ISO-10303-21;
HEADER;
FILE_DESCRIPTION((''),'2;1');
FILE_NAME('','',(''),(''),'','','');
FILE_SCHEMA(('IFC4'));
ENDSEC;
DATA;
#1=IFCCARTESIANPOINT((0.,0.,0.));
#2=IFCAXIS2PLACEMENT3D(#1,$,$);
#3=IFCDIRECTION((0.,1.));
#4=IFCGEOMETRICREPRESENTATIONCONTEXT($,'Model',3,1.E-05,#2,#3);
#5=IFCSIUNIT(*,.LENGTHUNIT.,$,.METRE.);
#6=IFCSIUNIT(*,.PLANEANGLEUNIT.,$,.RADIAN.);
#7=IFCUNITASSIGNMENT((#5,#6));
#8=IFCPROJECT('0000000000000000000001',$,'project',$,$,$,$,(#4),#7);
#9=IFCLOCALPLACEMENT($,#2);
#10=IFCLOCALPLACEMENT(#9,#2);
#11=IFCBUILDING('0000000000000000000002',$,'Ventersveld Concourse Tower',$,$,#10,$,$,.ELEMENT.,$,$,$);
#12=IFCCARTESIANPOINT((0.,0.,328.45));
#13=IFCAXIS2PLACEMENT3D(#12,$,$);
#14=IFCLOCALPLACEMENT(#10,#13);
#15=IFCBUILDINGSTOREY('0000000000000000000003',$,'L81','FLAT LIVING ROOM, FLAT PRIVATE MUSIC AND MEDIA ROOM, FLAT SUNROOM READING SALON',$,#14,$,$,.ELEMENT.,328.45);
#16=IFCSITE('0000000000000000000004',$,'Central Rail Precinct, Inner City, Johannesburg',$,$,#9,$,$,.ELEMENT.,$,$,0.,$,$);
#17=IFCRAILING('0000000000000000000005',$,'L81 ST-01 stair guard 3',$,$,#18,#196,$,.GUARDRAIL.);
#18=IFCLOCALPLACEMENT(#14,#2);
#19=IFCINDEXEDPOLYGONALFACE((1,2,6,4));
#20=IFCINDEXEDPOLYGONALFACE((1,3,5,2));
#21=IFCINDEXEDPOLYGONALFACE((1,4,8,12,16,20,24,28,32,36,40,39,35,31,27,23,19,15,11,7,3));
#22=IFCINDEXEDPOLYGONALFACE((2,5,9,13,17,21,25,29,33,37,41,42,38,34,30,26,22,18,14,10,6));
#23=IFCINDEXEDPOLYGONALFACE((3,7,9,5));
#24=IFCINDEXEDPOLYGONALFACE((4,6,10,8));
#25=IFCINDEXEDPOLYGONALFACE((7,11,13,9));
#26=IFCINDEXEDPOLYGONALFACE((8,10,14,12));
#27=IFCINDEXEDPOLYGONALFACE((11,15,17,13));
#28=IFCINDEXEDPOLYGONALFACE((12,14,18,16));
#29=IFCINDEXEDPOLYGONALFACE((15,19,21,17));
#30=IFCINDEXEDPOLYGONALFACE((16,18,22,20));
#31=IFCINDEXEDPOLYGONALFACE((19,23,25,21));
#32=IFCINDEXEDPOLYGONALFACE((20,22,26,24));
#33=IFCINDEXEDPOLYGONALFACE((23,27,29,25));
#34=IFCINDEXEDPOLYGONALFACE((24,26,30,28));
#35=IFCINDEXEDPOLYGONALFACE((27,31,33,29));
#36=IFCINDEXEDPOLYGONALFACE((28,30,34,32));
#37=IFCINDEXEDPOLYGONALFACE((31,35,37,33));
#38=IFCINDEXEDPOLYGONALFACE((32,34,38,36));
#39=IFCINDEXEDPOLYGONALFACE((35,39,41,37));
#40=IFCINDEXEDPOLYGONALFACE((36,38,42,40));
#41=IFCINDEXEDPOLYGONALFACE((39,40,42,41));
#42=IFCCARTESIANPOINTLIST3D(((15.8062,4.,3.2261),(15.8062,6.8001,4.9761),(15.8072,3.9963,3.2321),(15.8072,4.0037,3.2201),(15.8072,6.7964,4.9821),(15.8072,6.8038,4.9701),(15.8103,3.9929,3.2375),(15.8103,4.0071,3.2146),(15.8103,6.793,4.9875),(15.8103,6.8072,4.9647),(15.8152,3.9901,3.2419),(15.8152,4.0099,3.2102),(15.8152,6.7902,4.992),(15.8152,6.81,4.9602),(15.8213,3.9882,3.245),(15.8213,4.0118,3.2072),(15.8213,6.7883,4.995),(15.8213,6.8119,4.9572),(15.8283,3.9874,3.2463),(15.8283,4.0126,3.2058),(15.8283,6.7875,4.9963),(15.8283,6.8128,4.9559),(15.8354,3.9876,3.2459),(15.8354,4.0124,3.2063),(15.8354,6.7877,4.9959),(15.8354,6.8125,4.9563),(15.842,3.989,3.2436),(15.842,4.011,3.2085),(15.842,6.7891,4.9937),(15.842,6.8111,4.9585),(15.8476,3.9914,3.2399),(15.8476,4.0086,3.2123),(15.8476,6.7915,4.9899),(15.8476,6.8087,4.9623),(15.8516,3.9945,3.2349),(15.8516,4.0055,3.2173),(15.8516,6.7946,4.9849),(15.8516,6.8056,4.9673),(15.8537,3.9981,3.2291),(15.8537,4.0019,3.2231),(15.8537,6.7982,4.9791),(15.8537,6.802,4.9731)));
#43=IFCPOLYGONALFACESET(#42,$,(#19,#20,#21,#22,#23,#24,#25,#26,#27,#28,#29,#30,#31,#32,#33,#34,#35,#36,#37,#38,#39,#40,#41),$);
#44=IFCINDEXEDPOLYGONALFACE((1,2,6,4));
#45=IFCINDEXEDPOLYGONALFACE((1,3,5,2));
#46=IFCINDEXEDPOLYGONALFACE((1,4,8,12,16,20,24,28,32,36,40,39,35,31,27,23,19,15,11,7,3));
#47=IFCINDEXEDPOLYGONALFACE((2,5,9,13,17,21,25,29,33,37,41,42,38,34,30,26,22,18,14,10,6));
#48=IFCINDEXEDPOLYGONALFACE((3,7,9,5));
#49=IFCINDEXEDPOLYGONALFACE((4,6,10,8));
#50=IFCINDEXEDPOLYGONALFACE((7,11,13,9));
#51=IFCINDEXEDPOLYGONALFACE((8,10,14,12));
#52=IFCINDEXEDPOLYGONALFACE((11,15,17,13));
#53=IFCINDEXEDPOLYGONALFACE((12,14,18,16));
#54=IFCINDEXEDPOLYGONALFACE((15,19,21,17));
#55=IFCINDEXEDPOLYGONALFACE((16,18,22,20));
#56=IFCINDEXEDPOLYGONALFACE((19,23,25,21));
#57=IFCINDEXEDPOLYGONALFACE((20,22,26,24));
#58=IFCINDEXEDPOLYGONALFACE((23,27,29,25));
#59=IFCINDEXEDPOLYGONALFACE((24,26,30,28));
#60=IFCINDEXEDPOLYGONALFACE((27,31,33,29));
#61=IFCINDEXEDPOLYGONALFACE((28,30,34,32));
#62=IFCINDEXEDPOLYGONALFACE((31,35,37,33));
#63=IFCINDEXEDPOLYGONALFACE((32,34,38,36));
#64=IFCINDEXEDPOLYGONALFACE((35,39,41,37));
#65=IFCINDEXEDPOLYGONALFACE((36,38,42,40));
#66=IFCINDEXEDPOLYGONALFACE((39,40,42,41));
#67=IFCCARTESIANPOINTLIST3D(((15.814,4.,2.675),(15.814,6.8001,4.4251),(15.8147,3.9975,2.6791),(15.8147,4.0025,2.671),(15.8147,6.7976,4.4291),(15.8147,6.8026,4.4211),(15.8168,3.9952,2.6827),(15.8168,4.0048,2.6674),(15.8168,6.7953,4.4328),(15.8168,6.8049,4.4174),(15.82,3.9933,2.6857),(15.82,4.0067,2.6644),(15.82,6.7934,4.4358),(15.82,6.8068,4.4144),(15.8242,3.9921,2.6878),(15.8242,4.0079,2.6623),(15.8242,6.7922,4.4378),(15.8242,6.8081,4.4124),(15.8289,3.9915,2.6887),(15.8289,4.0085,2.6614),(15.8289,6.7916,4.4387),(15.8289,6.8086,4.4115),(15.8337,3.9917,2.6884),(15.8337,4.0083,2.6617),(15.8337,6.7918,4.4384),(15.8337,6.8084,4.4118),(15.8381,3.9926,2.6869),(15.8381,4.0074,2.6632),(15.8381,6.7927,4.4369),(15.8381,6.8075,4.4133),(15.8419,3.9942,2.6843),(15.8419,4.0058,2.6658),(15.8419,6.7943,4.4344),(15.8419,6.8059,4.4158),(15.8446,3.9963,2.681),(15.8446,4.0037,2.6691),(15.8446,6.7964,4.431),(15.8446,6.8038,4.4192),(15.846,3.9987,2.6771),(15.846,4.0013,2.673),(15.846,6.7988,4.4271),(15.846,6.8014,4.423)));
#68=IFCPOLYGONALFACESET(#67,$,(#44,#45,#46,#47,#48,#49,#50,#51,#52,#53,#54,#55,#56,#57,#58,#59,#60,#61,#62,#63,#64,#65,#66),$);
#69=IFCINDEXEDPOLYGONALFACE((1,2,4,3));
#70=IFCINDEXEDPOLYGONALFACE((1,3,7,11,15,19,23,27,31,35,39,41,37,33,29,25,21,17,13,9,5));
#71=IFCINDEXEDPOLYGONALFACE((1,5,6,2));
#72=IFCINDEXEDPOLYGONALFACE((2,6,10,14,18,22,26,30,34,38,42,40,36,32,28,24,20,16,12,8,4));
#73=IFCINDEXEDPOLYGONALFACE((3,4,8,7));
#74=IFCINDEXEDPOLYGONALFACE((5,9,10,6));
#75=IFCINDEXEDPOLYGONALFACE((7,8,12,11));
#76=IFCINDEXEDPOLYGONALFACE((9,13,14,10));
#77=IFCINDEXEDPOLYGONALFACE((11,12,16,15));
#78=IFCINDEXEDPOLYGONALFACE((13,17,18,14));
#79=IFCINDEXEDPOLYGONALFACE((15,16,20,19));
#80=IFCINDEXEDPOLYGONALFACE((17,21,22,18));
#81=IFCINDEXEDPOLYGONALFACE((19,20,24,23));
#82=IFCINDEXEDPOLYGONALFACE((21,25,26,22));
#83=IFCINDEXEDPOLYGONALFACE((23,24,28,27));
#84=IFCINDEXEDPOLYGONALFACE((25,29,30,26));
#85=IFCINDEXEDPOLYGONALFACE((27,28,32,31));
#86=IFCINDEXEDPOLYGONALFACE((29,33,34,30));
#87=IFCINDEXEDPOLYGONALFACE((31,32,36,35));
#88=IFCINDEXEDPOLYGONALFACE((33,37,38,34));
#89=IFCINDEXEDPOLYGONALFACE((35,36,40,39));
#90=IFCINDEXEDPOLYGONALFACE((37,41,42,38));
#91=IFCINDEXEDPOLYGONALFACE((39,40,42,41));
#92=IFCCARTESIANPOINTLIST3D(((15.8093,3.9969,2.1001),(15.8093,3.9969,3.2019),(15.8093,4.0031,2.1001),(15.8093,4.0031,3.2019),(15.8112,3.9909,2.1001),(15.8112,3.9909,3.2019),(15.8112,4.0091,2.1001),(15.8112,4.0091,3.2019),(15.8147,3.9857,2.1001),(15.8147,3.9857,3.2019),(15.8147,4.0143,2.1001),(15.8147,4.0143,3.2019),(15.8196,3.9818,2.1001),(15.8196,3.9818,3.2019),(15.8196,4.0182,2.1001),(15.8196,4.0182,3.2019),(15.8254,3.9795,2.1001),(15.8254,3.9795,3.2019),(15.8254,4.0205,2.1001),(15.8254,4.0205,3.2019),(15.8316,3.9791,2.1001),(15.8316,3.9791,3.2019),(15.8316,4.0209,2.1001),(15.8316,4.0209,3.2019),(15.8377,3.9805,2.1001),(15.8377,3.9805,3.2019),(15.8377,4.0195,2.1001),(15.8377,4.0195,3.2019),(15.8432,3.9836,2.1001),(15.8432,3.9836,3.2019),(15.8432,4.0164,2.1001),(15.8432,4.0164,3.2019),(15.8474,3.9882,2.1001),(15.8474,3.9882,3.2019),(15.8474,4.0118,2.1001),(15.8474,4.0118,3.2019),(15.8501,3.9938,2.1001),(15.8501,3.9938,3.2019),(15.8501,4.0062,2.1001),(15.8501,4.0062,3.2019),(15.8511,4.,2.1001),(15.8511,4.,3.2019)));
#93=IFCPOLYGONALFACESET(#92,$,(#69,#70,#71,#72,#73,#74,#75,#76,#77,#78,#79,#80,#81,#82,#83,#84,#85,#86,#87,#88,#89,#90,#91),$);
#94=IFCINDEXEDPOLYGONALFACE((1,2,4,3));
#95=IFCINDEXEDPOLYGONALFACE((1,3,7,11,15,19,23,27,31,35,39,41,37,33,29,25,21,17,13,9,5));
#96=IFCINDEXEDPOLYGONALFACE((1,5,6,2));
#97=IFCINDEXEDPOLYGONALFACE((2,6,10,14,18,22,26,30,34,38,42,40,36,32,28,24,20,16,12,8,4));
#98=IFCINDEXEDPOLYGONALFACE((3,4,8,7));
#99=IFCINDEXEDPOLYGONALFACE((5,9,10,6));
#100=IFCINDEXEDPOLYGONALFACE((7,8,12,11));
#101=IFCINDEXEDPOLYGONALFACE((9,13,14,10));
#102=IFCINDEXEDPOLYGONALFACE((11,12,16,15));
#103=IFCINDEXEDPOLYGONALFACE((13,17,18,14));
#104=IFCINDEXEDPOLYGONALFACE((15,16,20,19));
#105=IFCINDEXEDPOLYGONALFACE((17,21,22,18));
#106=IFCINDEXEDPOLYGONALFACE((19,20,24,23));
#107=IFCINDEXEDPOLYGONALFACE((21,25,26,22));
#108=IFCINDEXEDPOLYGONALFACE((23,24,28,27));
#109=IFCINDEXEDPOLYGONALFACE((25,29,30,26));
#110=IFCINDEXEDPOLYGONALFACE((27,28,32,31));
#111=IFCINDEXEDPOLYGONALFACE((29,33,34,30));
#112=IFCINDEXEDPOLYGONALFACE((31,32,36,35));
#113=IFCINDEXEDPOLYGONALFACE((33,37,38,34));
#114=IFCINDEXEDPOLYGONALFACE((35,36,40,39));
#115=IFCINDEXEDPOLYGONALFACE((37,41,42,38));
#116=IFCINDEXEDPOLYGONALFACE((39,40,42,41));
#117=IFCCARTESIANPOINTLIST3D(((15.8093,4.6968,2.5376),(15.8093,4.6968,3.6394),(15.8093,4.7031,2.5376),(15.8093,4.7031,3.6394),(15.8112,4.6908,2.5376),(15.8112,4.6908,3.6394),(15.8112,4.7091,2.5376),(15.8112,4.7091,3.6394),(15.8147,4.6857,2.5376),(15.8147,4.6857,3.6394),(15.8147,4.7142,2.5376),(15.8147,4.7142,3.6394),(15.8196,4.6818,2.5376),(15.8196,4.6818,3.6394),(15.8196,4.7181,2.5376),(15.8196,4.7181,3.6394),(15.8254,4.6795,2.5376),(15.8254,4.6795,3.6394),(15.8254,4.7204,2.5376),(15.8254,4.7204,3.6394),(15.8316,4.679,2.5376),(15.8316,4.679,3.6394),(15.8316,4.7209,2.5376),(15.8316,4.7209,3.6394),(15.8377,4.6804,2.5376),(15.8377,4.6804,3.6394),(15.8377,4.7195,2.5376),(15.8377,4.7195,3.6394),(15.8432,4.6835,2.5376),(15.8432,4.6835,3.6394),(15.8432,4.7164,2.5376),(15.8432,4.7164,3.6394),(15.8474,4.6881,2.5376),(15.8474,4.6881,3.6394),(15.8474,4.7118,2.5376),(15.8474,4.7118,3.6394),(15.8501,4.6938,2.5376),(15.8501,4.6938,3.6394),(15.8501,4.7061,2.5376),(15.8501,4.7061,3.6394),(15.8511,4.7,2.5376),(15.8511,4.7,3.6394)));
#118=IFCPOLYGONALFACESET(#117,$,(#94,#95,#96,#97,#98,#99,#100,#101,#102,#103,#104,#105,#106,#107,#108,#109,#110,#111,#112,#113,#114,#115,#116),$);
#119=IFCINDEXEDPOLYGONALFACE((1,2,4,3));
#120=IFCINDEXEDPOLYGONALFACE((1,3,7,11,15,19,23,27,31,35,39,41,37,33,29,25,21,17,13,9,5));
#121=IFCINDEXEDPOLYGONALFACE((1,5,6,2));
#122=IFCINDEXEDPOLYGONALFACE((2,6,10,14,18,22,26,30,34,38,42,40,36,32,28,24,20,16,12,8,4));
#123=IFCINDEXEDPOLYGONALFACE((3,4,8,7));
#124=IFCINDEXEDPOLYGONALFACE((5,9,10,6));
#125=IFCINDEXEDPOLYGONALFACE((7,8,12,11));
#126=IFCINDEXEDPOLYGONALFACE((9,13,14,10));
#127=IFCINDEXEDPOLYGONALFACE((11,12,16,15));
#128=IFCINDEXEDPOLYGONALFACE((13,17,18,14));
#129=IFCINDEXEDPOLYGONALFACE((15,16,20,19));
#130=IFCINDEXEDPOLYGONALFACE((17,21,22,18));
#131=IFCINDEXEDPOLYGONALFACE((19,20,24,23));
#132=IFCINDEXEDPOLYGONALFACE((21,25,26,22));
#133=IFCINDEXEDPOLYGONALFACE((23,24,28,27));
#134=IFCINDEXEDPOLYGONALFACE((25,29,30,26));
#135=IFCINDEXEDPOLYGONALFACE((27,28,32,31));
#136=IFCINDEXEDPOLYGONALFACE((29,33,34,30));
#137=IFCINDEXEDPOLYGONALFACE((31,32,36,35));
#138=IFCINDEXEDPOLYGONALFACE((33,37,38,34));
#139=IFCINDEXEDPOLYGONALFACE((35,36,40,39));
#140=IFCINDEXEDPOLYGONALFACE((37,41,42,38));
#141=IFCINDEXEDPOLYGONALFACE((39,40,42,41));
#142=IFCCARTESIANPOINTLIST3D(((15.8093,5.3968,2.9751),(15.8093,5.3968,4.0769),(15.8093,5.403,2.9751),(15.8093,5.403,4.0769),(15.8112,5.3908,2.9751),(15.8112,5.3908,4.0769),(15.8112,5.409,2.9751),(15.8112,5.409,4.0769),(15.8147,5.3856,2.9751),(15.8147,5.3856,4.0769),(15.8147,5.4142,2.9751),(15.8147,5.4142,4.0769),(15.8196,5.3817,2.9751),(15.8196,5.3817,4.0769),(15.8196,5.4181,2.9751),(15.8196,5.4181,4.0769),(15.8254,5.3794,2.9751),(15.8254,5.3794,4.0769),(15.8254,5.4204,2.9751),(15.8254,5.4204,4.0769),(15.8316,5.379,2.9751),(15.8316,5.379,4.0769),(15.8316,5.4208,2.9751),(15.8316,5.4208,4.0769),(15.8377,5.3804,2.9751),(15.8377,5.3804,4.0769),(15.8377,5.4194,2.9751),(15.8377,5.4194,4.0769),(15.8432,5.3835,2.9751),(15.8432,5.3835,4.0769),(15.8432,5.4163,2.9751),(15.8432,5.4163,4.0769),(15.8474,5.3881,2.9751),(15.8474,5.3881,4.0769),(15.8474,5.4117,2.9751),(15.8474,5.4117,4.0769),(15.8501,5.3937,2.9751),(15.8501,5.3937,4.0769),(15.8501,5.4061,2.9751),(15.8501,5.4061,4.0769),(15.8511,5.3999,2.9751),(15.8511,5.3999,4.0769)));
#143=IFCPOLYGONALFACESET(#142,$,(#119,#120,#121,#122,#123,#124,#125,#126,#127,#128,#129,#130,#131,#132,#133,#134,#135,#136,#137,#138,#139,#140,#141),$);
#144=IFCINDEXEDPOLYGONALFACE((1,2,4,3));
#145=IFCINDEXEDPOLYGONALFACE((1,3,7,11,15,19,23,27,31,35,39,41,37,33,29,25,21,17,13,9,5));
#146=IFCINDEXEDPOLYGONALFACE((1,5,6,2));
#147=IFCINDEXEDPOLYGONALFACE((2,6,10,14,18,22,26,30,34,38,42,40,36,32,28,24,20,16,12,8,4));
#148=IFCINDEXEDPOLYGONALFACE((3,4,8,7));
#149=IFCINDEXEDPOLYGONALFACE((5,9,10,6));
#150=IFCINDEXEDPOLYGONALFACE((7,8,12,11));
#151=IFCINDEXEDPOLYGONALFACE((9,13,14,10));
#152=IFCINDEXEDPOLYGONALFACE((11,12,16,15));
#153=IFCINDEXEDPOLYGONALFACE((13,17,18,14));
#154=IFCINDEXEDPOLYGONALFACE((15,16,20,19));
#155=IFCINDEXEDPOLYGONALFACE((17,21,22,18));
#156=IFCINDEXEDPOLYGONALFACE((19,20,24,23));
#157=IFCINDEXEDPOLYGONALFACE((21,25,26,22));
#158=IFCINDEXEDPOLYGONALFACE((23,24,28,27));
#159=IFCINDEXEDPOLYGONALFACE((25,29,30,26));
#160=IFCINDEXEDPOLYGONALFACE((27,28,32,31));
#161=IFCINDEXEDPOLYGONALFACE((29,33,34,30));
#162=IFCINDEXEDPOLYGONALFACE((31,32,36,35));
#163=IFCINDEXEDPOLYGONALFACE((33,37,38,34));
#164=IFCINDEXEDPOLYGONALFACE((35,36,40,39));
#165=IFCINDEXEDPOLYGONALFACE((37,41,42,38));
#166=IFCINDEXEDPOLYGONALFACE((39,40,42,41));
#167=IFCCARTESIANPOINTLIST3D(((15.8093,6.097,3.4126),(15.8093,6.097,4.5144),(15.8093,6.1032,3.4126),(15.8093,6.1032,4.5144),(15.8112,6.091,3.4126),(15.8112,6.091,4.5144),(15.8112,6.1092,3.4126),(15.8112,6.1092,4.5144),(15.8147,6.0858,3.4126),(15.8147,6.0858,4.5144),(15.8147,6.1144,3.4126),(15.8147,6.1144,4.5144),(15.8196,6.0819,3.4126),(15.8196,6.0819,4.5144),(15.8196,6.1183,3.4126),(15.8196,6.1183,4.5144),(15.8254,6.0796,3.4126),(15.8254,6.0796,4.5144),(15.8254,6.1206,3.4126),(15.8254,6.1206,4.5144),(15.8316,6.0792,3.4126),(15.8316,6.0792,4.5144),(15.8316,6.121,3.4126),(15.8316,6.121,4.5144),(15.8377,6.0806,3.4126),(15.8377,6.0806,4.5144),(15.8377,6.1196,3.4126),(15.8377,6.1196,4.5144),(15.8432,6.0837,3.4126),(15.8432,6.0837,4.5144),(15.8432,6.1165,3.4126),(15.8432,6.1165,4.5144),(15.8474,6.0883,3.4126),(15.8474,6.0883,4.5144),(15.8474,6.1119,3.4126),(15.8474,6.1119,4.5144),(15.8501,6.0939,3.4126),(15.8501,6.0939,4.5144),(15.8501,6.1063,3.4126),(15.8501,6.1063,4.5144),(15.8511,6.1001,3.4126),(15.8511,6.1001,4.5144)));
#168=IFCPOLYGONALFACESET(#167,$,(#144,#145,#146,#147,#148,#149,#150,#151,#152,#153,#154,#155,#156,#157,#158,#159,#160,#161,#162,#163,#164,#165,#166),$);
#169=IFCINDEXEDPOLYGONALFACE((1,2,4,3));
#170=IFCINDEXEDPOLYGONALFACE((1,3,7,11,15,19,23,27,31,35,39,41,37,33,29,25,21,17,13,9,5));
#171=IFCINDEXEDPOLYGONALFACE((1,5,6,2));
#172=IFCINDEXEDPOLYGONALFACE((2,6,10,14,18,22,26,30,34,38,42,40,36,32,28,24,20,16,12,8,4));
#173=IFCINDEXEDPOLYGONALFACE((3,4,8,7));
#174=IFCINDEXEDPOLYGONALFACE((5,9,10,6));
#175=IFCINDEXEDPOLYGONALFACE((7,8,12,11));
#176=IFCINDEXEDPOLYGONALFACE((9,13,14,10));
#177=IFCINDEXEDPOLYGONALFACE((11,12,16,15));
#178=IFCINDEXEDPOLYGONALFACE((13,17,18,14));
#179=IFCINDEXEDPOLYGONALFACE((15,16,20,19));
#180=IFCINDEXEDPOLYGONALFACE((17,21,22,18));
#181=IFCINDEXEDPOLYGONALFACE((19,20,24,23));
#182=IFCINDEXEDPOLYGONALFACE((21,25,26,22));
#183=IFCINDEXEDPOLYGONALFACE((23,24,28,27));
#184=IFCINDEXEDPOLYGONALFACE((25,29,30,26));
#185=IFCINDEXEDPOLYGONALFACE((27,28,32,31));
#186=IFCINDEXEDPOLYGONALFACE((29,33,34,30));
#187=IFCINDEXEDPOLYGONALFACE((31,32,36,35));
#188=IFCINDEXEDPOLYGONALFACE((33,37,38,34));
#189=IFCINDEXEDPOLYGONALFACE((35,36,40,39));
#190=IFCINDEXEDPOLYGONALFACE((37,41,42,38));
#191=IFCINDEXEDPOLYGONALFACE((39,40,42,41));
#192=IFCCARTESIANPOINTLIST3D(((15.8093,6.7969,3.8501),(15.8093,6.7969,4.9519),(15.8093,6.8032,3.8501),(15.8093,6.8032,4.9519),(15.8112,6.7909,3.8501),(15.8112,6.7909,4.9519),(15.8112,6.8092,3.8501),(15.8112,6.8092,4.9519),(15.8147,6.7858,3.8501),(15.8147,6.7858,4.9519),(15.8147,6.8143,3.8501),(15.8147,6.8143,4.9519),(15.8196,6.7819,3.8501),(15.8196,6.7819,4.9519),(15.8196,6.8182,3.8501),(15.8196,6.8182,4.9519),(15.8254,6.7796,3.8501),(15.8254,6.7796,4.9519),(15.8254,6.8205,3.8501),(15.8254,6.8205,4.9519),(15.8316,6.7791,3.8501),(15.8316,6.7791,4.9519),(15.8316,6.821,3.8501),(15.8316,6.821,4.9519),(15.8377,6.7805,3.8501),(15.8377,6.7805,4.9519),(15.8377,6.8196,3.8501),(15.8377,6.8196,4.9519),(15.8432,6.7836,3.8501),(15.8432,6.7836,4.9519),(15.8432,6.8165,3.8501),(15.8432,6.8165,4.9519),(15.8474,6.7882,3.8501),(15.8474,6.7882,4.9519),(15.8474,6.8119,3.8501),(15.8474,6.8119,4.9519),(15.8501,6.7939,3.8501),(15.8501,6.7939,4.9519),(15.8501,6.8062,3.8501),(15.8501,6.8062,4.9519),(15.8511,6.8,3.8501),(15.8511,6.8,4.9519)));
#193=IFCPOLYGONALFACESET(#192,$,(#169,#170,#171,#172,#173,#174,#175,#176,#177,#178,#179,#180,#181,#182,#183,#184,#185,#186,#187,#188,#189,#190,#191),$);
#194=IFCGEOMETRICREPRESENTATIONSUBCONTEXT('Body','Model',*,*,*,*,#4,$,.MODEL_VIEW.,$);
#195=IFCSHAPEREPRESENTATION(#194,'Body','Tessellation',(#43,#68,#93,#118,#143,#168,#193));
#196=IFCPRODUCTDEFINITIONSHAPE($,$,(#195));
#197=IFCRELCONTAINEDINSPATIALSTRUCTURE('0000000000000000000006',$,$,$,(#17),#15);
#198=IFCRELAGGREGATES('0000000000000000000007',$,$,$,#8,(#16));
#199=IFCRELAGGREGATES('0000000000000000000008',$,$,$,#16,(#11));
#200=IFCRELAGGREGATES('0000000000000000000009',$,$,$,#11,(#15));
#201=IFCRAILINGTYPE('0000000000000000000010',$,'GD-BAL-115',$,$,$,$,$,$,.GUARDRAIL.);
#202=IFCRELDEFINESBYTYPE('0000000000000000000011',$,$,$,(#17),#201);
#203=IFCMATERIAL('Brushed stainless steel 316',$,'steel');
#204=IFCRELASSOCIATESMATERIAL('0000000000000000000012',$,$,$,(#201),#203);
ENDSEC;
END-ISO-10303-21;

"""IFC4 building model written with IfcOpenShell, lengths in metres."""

from ifc_helpers import new_model, si_unit, direction, frame, origin, origin_2d, place, context, subcontext, project, spatial, circle, extrude, material, type_object, element, save


model = new_model("IFC4")

# Units and contexts
model_context = context("Model", 3, precision=1e-05, world=origin(), true_north=direction((0.0, 1.0)))
body_context = subcontext(model_context, "Body", "Model", "MODEL_VIEW")
ifc_project = project(units=[si_unit("LENGTHUNIT", "METRE"), si_unit("PLANEANGLEUNIT", "RADIAN")], contexts=[model_context])

# Site, building, storey
site_placement = place(None, origin())
site = spatial("IfcSite", under=ifc_project, at=site_placement, Name="Central Rail Precinct, Inner City, Johannesburg", CompositionType="ELEMENT", RefElevation=0.0)
building_placement = place(site_placement, origin())
building = spatial("IfcBuilding", under=site, at=building_placement, Name="Ventersveld Concourse Tower", CompositionType="ELEMENT")
storey_placement = place(building_placement, frame((0.0, 0.0, 328.45)))
storey = spatial("IfcBuildingStorey", under=building, at=storey_placement, Name="L81", Description="FLAT LIVING ROOM, FLAT PRIVATE MUSIC AND MEDIA ROOM, FLAT SUNROOM READING SALON", CompositionType="ELEMENT", Elevation=328.45)

# Shared definitions
ifc_material_1 = material(Name="Brushed stainless steel 316", Category="steel")

# Railing
railing_type_1 = type_object("IfcRailingType", Name="GD-BAL-115", PredefinedType="GUARDRAIL", material=ifc_material_1)
railing_1_placement = place(storey_placement, frame((15.8301, 4.0, 2.1001)))
element("IfcRailing", 1, at=railing_1_placement, inside=storey, type_object=railing_type_1, Name="L81 ST-01 stair guard 3", PredefinedType="GUARDRAIL", context=body_context, shape_type="SweptSolid", body=[
    extrude(circle(Radius=0.0239, at=origin_2d()), frame((0.0, 0.0, 1.126), z_axis=(0.0, 0.848002, 0.529992), x_axis=(-1.0, 0.0, 0.0)), (0.0, 0.0, 1.0), 3.302),
    extrude(circle(Radius=0.0161, at=origin_2d()), frame((0.0, 0.0, 0.575), z_axis=(0.0, 0.848002, 0.529992), x_axis=(-1.0, 0.0, 0.0)), (0.0, 0.0, 1.0), 3.302),
    extrude(circle(Radius=0.021, at=origin_2d()), origin(), (0.0, 0.0, 1.0), 1.1018),
    extrude(circle(Radius=0.021, at=origin_2d()), frame((0.0, 0.7, 0.4375)), (0.0, 0.0, 1.0), 1.1018),
    extrude(circle(Radius=0.021, at=origin_2d()), frame((0.0, 1.3999, 0.875)), (0.0, 0.0, 1.0), 1.1018),
    extrude(circle(Radius=0.021, at=origin_2d()), frame((0.0, 2.1001, 1.3125)), (0.0, 0.0, 1.0), 1.1018),
    extrude(circle(Radius=0.021, at=origin_2d()), frame((0.0, 2.8, 1.75)), (0.0, 0.0, 1.0), 1.1018),
])

save(model, "model.ifc")
